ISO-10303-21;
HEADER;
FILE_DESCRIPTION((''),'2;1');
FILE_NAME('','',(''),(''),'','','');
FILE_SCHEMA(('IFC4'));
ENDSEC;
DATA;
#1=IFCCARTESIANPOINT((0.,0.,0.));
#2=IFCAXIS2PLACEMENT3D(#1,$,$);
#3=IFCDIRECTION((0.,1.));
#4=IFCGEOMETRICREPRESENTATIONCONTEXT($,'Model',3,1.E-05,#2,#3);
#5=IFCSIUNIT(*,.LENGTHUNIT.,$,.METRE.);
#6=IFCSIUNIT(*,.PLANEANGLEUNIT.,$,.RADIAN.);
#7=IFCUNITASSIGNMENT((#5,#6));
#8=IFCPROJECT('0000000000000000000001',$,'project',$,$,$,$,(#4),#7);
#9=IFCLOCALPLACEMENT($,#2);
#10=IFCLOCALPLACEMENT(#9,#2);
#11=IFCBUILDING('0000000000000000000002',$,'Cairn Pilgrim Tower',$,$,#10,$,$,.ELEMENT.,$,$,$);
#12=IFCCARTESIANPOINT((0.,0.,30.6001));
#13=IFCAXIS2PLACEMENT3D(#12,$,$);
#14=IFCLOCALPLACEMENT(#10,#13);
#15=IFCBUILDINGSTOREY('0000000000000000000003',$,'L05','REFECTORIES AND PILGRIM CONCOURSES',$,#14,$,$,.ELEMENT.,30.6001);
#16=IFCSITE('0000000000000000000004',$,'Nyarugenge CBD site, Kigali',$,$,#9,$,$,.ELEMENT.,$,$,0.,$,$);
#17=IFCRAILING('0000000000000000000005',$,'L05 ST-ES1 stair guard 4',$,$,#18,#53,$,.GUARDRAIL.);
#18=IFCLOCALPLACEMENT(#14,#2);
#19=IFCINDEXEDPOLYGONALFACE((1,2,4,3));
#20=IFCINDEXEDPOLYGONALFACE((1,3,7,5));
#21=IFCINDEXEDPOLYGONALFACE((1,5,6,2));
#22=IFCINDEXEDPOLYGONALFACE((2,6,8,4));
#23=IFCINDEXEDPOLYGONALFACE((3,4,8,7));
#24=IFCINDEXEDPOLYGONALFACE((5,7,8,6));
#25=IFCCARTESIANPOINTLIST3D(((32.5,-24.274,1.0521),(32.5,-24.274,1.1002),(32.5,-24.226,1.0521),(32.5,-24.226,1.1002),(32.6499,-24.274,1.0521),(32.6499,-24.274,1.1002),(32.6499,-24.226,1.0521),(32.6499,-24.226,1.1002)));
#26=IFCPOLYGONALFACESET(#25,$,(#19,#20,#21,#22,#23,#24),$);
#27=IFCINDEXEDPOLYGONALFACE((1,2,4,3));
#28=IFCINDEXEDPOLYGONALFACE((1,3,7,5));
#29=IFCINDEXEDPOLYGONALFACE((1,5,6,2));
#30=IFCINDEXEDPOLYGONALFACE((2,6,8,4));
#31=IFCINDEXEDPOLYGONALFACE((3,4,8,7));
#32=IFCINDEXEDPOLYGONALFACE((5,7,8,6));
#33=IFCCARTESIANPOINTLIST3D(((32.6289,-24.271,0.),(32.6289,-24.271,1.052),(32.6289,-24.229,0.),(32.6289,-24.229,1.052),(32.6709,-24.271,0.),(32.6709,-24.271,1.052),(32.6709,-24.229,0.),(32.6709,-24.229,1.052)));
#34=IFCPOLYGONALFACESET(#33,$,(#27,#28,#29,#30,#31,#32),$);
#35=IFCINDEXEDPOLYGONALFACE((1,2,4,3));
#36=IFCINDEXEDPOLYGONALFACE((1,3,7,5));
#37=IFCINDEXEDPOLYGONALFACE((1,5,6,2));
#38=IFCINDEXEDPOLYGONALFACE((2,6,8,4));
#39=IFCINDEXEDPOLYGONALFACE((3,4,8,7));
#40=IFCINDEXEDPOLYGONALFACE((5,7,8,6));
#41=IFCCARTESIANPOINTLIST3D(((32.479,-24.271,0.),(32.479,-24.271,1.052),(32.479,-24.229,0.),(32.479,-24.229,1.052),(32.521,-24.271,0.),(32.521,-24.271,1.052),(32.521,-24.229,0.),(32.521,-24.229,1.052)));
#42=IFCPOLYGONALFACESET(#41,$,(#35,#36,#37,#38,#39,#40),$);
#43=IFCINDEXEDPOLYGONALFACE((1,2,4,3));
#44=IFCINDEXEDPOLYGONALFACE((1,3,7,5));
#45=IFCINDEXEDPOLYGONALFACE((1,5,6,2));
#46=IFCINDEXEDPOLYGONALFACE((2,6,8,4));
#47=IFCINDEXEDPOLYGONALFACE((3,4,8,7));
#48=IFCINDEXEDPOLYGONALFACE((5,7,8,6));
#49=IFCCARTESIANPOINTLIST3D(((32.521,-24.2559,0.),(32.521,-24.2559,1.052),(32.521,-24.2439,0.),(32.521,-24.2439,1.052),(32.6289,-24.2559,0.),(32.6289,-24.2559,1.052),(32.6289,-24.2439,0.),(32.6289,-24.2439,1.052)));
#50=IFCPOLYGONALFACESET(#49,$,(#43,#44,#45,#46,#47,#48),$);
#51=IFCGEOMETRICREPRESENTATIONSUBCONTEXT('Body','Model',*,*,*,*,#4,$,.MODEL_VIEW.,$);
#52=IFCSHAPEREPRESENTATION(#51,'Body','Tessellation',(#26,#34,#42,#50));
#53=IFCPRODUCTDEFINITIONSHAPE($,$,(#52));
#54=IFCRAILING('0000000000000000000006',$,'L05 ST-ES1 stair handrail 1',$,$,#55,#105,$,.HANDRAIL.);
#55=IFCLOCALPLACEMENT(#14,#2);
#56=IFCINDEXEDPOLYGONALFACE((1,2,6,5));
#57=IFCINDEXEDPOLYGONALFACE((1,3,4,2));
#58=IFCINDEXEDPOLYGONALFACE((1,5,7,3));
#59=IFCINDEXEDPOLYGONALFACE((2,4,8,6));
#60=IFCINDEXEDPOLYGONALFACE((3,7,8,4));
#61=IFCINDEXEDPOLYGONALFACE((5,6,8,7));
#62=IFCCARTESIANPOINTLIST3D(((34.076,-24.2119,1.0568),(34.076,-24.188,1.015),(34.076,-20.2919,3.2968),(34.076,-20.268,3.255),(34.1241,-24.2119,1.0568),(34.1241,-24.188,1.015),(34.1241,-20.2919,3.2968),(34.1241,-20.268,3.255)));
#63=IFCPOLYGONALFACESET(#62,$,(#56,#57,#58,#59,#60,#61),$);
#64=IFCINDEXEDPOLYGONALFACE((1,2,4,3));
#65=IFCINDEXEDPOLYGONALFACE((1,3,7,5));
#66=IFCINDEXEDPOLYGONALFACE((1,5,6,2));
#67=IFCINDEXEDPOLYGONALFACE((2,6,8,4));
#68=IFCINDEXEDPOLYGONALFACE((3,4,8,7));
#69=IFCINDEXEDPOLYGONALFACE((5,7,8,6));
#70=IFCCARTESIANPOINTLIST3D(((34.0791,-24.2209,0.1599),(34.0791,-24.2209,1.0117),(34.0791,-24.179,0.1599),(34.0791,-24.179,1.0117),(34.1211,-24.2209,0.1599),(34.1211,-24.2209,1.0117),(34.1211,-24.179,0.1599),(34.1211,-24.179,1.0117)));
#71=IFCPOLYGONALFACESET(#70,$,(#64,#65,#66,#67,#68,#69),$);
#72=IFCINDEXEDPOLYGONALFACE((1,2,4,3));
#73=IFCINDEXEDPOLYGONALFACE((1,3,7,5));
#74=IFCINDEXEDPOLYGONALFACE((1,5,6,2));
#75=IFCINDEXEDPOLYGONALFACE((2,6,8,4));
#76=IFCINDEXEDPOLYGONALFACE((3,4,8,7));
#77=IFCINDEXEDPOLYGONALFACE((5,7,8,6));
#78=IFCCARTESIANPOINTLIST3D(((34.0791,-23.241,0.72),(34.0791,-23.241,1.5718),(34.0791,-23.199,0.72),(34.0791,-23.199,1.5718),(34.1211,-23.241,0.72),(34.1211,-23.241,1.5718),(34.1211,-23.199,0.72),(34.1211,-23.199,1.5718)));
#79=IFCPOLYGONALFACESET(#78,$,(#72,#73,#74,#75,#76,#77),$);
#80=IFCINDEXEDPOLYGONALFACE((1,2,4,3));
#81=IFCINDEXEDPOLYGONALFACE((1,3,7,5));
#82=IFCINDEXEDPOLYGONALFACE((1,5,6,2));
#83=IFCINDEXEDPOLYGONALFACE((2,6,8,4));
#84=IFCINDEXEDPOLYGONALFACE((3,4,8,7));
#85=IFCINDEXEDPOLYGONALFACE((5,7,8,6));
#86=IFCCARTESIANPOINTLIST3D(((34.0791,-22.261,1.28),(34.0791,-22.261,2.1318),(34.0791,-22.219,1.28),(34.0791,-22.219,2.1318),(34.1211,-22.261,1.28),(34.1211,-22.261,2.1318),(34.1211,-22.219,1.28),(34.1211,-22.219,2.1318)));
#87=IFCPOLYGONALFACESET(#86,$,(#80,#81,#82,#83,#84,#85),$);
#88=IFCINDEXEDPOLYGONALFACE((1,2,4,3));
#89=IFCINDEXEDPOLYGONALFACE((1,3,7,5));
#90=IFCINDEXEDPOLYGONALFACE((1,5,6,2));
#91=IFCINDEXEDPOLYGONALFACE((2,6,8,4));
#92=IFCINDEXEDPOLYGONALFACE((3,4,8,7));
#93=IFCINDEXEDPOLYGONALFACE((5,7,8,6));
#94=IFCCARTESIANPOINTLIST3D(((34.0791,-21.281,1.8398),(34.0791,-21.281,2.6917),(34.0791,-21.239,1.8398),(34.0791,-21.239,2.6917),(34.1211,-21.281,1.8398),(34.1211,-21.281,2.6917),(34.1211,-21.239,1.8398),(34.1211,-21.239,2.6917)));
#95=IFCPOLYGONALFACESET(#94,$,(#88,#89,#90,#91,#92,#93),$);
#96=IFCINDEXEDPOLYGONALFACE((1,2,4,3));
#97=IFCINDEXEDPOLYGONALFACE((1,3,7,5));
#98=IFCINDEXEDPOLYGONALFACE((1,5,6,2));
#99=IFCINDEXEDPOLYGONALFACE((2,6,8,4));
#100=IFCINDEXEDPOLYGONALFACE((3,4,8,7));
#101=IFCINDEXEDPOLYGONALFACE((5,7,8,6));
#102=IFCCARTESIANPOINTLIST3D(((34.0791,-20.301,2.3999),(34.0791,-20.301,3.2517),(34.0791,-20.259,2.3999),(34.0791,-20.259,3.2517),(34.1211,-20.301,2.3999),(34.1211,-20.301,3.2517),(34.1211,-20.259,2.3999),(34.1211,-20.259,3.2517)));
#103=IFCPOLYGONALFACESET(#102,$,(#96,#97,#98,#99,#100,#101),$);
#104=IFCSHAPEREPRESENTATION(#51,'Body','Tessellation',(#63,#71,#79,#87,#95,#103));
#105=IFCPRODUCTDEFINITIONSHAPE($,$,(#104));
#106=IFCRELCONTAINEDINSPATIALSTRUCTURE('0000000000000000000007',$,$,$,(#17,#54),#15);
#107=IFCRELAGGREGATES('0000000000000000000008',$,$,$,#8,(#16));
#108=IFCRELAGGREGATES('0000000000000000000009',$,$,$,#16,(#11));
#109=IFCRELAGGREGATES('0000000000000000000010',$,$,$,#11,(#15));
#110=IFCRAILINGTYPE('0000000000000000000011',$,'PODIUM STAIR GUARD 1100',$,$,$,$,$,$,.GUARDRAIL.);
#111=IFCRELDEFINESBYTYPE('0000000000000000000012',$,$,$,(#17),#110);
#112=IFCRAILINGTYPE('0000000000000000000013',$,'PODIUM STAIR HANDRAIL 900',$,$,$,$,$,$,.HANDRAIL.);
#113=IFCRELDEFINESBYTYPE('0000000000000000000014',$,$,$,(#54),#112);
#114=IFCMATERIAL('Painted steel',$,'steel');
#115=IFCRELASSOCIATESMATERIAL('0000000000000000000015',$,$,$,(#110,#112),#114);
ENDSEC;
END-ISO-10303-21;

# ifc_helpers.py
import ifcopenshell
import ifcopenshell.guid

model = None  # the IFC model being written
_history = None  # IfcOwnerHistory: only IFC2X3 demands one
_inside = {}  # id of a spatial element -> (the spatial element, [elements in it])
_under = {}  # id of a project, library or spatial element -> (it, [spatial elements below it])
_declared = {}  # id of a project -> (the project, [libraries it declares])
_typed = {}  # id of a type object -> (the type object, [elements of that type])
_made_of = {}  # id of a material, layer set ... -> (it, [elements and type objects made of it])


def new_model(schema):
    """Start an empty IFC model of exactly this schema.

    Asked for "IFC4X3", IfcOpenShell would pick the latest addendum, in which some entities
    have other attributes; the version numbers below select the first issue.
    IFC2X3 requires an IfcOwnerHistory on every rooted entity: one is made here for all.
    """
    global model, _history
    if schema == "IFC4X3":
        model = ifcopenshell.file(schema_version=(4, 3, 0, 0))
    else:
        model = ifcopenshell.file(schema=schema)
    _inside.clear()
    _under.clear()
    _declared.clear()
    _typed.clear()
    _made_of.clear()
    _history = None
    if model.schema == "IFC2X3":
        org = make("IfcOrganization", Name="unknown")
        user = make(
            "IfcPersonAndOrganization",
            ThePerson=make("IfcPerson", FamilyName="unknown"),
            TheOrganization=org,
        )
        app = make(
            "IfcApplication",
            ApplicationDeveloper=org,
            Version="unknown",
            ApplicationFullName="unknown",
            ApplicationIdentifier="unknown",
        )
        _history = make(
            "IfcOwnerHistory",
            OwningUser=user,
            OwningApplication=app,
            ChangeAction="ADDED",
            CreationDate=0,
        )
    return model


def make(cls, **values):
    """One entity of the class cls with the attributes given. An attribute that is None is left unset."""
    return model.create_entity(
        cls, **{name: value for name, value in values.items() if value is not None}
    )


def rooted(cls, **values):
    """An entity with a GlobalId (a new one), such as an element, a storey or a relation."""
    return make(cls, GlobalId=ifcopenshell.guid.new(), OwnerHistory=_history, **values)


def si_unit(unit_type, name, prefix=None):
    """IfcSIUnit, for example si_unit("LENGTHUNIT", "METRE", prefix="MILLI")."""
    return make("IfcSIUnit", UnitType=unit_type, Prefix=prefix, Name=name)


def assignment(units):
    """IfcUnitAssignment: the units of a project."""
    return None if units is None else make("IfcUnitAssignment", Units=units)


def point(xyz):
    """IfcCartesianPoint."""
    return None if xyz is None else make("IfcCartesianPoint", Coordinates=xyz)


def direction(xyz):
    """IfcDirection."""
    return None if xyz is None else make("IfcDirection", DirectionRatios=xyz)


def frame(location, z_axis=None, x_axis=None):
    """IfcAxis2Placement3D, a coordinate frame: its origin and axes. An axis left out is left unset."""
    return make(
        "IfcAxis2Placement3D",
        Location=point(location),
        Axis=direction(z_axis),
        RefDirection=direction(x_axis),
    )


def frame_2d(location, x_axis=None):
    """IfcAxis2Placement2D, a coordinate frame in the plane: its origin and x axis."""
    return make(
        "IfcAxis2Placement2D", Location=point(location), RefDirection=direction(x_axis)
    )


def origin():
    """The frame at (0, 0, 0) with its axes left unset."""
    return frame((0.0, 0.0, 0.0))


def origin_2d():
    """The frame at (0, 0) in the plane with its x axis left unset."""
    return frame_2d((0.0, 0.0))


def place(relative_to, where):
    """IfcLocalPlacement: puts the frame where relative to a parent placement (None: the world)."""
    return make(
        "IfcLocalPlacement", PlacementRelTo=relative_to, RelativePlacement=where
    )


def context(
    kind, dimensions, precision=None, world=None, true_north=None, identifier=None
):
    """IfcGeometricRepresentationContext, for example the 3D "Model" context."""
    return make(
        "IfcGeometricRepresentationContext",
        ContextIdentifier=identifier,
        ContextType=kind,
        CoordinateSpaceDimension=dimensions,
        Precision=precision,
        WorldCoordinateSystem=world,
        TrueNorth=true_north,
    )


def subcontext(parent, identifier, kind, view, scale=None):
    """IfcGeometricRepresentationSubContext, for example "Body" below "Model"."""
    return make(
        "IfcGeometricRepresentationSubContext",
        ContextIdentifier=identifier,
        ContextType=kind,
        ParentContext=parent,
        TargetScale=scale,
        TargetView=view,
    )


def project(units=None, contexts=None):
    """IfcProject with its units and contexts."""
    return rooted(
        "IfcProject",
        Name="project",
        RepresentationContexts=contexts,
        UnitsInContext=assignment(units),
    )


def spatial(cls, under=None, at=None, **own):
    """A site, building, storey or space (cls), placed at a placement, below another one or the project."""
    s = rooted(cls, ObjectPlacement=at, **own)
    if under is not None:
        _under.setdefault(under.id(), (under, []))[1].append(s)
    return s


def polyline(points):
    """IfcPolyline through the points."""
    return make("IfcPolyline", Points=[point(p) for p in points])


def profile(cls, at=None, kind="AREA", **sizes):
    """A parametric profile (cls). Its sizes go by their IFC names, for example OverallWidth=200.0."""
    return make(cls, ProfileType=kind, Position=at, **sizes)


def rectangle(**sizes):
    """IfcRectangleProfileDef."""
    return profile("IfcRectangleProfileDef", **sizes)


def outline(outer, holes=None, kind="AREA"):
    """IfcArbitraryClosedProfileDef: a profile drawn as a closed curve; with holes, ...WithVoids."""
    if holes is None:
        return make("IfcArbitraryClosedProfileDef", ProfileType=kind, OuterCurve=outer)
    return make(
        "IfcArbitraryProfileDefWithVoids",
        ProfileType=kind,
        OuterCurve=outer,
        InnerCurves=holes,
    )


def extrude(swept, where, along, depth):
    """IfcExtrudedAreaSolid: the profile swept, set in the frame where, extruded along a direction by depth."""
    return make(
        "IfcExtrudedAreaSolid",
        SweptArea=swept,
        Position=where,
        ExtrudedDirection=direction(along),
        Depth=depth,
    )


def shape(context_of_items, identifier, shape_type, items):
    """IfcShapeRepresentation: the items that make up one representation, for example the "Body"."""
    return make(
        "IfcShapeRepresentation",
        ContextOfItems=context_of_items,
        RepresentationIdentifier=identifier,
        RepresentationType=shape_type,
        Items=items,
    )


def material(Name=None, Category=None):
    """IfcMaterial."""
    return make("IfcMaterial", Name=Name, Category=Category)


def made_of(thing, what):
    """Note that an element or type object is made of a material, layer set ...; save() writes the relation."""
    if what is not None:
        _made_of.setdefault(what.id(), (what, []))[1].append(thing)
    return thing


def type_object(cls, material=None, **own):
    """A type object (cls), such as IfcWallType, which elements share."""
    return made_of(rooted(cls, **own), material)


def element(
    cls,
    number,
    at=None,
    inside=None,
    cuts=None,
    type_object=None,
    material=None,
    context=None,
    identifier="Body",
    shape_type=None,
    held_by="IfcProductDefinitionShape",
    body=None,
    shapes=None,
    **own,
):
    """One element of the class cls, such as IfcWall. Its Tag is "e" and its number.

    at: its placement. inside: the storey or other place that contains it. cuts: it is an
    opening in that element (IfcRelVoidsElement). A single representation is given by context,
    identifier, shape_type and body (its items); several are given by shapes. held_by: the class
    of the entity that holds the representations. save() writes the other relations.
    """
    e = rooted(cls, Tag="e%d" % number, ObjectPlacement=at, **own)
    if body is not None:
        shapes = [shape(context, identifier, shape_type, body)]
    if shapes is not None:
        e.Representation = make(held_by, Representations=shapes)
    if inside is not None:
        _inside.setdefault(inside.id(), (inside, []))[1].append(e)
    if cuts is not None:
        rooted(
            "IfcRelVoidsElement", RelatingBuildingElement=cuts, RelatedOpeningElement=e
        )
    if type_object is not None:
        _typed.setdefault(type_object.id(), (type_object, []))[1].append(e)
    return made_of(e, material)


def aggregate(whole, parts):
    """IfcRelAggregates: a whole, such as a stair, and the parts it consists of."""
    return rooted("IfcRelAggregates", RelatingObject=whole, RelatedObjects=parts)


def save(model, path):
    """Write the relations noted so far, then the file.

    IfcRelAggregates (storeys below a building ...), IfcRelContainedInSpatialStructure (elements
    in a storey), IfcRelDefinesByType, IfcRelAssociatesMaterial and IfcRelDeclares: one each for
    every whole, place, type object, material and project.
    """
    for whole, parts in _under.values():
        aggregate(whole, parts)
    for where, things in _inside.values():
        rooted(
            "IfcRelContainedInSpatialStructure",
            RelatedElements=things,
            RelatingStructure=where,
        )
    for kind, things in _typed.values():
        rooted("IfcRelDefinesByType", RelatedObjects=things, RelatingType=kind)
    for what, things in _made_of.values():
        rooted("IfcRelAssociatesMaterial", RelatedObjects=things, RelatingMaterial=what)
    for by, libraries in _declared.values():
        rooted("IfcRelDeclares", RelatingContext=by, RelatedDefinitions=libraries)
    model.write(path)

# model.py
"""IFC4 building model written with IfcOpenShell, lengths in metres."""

from ifc_helpers import new_model, si_unit, direction, frame, origin, origin_2d, place, context, subcontext, project, spatial, polyline, rectangle, outline, extrude, material, type_object, element, save


model = new_model("IFC4")

# Units and contexts
model_context = context("Model", 3, precision=1e-05, world=origin(), true_north=direction((0.0, 1.0)))
body_context = subcontext(model_context, "Body", "Model", "MODEL_VIEW")
ifc_project = project(units=[si_unit("LENGTHUNIT", "METRE"), si_unit("PLANEANGLEUNIT", "RADIAN")], contexts=[model_context])

# Site, building, storey
site_placement = place(None, origin())
site = spatial("IfcSite", under=ifc_project, at=site_placement, Name="Nyarugenge CBD site, Kigali", CompositionType="ELEMENT", RefElevation=0.0)
building_placement = place(site_placement, origin())
building = spatial("IfcBuilding", under=site, at=building_placement, Name="Cairn Pilgrim Tower", CompositionType="ELEMENT")
storey_placement = place(building_placement, frame((0.0, 0.0, 30.6001)))
storey = spatial("IfcBuildingStorey", under=building, at=storey_placement, Name="L05", Description="REFECTORIES AND PILGRIM CONCOURSES", CompositionType="ELEMENT", Elevation=30.6001)

# Railings
ifc_material_1 = material(Name="Painted steel", Category="steel")
railing_type_1 = type_object("IfcRailingType", Name="PODIUM STAIR GUARD 1100", PredefinedType="GUARDRAIL", material=ifc_material_1)
railing_1_placement = place(storey_placement, frame((32.6499, -24.25, 0.0)))
element("IfcRailing", 1, at=railing_1_placement, inside=storey, type_object=railing_type_1, Name="L05 ST-ES1 stair guard 4", PredefinedType="GUARDRAIL", context=body_context, shape_type="SweptSolid", body=[
    extrude(rectangle(XDim=0.0481, YDim=0.0481, at=origin_2d()), frame((0.0, 0.0, 1.0762), z_axis=(-1.0, 0.0, 0.0), x_axis=(0.0, -1.0, 0.0)), (0.0, 0.0, 1.0), 0.1499),
    extrude(rectangle(XDim=0.042, YDim=0.042, at=origin_2d()), origin(), (0.0, 0.0, 1.0), 1.052),
    extrude(rectangle(XDim=0.042, YDim=0.042, at=origin_2d()), frame((-0.1499, 0.0, 0.0)), (0.0, 0.0, 1.0), 1.052),
    extrude(outline(polyline([(0.021, 0.0), (0.1289, 0.0), (0.1289, 1.052), (0.021, 1.052), (0.021, 0.0)])), frame((0.0, -0.0059, 0.0), z_axis=(0.0, 1.0, 0.0), x_axis=(-1.0, 0.0, 0.0)), (0.0, 0.0, 1.0), 0.012),
])
railing_type_2 = type_object("IfcRailingType", Name="PODIUM STAIR HANDRAIL 900", PredefinedType="HANDRAIL", material=ifc_material_1)
railing_2_placement = place(storey_placement, frame((34.1001, -24.2, 0.1599)))
element("IfcRailing", 2, at=railing_2_placement, inside=storey, type_object=railing_type_2, Name="L05 ST-ES1 stair handrail 1", PredefinedType="HANDRAIL", context=body_context, shape_type="SweptSolid", body=[
    extrude(rectangle(XDim=0.0481, YDim=0.0481, at=origin_2d()), frame((0.0, 0.0, 0.876), z_axis=(0.0, 0.86824, 0.496145), x_axis=(-1.0, 0.0, 0.0)), (0.0, 0.0, 1.0), 4.5149),
    extrude(rectangle(XDim=0.042, YDim=0.042, at=origin_2d()), origin(), (0.0, 0.0, 1.0), 0.8518),
    extrude(rectangle(XDim=0.042, YDim=0.042, at=origin_2d()), frame((0.0, 0.98, 0.5601)), (0.0, 0.0, 1.0), 0.8518),
    extrude(rectangle(XDim=0.042, YDim=0.042, at=origin_2d()), frame((0.0, 1.96, 1.1201)), (0.0, 0.0, 1.0), 0.8518),
    extrude(rectangle(XDim=0.042, YDim=0.042, at=origin_2d()), frame((0.0, 2.9399, 1.6799)), (0.0, 0.0, 1.0), 0.8518),
    extrude(rectangle(XDim=0.042, YDim=0.042, at=origin_2d()), frame((0.0, 3.9199, 2.24)), (0.0, 0.0, 1.0), 0.8518),
])

save(model, "model.ifc")
